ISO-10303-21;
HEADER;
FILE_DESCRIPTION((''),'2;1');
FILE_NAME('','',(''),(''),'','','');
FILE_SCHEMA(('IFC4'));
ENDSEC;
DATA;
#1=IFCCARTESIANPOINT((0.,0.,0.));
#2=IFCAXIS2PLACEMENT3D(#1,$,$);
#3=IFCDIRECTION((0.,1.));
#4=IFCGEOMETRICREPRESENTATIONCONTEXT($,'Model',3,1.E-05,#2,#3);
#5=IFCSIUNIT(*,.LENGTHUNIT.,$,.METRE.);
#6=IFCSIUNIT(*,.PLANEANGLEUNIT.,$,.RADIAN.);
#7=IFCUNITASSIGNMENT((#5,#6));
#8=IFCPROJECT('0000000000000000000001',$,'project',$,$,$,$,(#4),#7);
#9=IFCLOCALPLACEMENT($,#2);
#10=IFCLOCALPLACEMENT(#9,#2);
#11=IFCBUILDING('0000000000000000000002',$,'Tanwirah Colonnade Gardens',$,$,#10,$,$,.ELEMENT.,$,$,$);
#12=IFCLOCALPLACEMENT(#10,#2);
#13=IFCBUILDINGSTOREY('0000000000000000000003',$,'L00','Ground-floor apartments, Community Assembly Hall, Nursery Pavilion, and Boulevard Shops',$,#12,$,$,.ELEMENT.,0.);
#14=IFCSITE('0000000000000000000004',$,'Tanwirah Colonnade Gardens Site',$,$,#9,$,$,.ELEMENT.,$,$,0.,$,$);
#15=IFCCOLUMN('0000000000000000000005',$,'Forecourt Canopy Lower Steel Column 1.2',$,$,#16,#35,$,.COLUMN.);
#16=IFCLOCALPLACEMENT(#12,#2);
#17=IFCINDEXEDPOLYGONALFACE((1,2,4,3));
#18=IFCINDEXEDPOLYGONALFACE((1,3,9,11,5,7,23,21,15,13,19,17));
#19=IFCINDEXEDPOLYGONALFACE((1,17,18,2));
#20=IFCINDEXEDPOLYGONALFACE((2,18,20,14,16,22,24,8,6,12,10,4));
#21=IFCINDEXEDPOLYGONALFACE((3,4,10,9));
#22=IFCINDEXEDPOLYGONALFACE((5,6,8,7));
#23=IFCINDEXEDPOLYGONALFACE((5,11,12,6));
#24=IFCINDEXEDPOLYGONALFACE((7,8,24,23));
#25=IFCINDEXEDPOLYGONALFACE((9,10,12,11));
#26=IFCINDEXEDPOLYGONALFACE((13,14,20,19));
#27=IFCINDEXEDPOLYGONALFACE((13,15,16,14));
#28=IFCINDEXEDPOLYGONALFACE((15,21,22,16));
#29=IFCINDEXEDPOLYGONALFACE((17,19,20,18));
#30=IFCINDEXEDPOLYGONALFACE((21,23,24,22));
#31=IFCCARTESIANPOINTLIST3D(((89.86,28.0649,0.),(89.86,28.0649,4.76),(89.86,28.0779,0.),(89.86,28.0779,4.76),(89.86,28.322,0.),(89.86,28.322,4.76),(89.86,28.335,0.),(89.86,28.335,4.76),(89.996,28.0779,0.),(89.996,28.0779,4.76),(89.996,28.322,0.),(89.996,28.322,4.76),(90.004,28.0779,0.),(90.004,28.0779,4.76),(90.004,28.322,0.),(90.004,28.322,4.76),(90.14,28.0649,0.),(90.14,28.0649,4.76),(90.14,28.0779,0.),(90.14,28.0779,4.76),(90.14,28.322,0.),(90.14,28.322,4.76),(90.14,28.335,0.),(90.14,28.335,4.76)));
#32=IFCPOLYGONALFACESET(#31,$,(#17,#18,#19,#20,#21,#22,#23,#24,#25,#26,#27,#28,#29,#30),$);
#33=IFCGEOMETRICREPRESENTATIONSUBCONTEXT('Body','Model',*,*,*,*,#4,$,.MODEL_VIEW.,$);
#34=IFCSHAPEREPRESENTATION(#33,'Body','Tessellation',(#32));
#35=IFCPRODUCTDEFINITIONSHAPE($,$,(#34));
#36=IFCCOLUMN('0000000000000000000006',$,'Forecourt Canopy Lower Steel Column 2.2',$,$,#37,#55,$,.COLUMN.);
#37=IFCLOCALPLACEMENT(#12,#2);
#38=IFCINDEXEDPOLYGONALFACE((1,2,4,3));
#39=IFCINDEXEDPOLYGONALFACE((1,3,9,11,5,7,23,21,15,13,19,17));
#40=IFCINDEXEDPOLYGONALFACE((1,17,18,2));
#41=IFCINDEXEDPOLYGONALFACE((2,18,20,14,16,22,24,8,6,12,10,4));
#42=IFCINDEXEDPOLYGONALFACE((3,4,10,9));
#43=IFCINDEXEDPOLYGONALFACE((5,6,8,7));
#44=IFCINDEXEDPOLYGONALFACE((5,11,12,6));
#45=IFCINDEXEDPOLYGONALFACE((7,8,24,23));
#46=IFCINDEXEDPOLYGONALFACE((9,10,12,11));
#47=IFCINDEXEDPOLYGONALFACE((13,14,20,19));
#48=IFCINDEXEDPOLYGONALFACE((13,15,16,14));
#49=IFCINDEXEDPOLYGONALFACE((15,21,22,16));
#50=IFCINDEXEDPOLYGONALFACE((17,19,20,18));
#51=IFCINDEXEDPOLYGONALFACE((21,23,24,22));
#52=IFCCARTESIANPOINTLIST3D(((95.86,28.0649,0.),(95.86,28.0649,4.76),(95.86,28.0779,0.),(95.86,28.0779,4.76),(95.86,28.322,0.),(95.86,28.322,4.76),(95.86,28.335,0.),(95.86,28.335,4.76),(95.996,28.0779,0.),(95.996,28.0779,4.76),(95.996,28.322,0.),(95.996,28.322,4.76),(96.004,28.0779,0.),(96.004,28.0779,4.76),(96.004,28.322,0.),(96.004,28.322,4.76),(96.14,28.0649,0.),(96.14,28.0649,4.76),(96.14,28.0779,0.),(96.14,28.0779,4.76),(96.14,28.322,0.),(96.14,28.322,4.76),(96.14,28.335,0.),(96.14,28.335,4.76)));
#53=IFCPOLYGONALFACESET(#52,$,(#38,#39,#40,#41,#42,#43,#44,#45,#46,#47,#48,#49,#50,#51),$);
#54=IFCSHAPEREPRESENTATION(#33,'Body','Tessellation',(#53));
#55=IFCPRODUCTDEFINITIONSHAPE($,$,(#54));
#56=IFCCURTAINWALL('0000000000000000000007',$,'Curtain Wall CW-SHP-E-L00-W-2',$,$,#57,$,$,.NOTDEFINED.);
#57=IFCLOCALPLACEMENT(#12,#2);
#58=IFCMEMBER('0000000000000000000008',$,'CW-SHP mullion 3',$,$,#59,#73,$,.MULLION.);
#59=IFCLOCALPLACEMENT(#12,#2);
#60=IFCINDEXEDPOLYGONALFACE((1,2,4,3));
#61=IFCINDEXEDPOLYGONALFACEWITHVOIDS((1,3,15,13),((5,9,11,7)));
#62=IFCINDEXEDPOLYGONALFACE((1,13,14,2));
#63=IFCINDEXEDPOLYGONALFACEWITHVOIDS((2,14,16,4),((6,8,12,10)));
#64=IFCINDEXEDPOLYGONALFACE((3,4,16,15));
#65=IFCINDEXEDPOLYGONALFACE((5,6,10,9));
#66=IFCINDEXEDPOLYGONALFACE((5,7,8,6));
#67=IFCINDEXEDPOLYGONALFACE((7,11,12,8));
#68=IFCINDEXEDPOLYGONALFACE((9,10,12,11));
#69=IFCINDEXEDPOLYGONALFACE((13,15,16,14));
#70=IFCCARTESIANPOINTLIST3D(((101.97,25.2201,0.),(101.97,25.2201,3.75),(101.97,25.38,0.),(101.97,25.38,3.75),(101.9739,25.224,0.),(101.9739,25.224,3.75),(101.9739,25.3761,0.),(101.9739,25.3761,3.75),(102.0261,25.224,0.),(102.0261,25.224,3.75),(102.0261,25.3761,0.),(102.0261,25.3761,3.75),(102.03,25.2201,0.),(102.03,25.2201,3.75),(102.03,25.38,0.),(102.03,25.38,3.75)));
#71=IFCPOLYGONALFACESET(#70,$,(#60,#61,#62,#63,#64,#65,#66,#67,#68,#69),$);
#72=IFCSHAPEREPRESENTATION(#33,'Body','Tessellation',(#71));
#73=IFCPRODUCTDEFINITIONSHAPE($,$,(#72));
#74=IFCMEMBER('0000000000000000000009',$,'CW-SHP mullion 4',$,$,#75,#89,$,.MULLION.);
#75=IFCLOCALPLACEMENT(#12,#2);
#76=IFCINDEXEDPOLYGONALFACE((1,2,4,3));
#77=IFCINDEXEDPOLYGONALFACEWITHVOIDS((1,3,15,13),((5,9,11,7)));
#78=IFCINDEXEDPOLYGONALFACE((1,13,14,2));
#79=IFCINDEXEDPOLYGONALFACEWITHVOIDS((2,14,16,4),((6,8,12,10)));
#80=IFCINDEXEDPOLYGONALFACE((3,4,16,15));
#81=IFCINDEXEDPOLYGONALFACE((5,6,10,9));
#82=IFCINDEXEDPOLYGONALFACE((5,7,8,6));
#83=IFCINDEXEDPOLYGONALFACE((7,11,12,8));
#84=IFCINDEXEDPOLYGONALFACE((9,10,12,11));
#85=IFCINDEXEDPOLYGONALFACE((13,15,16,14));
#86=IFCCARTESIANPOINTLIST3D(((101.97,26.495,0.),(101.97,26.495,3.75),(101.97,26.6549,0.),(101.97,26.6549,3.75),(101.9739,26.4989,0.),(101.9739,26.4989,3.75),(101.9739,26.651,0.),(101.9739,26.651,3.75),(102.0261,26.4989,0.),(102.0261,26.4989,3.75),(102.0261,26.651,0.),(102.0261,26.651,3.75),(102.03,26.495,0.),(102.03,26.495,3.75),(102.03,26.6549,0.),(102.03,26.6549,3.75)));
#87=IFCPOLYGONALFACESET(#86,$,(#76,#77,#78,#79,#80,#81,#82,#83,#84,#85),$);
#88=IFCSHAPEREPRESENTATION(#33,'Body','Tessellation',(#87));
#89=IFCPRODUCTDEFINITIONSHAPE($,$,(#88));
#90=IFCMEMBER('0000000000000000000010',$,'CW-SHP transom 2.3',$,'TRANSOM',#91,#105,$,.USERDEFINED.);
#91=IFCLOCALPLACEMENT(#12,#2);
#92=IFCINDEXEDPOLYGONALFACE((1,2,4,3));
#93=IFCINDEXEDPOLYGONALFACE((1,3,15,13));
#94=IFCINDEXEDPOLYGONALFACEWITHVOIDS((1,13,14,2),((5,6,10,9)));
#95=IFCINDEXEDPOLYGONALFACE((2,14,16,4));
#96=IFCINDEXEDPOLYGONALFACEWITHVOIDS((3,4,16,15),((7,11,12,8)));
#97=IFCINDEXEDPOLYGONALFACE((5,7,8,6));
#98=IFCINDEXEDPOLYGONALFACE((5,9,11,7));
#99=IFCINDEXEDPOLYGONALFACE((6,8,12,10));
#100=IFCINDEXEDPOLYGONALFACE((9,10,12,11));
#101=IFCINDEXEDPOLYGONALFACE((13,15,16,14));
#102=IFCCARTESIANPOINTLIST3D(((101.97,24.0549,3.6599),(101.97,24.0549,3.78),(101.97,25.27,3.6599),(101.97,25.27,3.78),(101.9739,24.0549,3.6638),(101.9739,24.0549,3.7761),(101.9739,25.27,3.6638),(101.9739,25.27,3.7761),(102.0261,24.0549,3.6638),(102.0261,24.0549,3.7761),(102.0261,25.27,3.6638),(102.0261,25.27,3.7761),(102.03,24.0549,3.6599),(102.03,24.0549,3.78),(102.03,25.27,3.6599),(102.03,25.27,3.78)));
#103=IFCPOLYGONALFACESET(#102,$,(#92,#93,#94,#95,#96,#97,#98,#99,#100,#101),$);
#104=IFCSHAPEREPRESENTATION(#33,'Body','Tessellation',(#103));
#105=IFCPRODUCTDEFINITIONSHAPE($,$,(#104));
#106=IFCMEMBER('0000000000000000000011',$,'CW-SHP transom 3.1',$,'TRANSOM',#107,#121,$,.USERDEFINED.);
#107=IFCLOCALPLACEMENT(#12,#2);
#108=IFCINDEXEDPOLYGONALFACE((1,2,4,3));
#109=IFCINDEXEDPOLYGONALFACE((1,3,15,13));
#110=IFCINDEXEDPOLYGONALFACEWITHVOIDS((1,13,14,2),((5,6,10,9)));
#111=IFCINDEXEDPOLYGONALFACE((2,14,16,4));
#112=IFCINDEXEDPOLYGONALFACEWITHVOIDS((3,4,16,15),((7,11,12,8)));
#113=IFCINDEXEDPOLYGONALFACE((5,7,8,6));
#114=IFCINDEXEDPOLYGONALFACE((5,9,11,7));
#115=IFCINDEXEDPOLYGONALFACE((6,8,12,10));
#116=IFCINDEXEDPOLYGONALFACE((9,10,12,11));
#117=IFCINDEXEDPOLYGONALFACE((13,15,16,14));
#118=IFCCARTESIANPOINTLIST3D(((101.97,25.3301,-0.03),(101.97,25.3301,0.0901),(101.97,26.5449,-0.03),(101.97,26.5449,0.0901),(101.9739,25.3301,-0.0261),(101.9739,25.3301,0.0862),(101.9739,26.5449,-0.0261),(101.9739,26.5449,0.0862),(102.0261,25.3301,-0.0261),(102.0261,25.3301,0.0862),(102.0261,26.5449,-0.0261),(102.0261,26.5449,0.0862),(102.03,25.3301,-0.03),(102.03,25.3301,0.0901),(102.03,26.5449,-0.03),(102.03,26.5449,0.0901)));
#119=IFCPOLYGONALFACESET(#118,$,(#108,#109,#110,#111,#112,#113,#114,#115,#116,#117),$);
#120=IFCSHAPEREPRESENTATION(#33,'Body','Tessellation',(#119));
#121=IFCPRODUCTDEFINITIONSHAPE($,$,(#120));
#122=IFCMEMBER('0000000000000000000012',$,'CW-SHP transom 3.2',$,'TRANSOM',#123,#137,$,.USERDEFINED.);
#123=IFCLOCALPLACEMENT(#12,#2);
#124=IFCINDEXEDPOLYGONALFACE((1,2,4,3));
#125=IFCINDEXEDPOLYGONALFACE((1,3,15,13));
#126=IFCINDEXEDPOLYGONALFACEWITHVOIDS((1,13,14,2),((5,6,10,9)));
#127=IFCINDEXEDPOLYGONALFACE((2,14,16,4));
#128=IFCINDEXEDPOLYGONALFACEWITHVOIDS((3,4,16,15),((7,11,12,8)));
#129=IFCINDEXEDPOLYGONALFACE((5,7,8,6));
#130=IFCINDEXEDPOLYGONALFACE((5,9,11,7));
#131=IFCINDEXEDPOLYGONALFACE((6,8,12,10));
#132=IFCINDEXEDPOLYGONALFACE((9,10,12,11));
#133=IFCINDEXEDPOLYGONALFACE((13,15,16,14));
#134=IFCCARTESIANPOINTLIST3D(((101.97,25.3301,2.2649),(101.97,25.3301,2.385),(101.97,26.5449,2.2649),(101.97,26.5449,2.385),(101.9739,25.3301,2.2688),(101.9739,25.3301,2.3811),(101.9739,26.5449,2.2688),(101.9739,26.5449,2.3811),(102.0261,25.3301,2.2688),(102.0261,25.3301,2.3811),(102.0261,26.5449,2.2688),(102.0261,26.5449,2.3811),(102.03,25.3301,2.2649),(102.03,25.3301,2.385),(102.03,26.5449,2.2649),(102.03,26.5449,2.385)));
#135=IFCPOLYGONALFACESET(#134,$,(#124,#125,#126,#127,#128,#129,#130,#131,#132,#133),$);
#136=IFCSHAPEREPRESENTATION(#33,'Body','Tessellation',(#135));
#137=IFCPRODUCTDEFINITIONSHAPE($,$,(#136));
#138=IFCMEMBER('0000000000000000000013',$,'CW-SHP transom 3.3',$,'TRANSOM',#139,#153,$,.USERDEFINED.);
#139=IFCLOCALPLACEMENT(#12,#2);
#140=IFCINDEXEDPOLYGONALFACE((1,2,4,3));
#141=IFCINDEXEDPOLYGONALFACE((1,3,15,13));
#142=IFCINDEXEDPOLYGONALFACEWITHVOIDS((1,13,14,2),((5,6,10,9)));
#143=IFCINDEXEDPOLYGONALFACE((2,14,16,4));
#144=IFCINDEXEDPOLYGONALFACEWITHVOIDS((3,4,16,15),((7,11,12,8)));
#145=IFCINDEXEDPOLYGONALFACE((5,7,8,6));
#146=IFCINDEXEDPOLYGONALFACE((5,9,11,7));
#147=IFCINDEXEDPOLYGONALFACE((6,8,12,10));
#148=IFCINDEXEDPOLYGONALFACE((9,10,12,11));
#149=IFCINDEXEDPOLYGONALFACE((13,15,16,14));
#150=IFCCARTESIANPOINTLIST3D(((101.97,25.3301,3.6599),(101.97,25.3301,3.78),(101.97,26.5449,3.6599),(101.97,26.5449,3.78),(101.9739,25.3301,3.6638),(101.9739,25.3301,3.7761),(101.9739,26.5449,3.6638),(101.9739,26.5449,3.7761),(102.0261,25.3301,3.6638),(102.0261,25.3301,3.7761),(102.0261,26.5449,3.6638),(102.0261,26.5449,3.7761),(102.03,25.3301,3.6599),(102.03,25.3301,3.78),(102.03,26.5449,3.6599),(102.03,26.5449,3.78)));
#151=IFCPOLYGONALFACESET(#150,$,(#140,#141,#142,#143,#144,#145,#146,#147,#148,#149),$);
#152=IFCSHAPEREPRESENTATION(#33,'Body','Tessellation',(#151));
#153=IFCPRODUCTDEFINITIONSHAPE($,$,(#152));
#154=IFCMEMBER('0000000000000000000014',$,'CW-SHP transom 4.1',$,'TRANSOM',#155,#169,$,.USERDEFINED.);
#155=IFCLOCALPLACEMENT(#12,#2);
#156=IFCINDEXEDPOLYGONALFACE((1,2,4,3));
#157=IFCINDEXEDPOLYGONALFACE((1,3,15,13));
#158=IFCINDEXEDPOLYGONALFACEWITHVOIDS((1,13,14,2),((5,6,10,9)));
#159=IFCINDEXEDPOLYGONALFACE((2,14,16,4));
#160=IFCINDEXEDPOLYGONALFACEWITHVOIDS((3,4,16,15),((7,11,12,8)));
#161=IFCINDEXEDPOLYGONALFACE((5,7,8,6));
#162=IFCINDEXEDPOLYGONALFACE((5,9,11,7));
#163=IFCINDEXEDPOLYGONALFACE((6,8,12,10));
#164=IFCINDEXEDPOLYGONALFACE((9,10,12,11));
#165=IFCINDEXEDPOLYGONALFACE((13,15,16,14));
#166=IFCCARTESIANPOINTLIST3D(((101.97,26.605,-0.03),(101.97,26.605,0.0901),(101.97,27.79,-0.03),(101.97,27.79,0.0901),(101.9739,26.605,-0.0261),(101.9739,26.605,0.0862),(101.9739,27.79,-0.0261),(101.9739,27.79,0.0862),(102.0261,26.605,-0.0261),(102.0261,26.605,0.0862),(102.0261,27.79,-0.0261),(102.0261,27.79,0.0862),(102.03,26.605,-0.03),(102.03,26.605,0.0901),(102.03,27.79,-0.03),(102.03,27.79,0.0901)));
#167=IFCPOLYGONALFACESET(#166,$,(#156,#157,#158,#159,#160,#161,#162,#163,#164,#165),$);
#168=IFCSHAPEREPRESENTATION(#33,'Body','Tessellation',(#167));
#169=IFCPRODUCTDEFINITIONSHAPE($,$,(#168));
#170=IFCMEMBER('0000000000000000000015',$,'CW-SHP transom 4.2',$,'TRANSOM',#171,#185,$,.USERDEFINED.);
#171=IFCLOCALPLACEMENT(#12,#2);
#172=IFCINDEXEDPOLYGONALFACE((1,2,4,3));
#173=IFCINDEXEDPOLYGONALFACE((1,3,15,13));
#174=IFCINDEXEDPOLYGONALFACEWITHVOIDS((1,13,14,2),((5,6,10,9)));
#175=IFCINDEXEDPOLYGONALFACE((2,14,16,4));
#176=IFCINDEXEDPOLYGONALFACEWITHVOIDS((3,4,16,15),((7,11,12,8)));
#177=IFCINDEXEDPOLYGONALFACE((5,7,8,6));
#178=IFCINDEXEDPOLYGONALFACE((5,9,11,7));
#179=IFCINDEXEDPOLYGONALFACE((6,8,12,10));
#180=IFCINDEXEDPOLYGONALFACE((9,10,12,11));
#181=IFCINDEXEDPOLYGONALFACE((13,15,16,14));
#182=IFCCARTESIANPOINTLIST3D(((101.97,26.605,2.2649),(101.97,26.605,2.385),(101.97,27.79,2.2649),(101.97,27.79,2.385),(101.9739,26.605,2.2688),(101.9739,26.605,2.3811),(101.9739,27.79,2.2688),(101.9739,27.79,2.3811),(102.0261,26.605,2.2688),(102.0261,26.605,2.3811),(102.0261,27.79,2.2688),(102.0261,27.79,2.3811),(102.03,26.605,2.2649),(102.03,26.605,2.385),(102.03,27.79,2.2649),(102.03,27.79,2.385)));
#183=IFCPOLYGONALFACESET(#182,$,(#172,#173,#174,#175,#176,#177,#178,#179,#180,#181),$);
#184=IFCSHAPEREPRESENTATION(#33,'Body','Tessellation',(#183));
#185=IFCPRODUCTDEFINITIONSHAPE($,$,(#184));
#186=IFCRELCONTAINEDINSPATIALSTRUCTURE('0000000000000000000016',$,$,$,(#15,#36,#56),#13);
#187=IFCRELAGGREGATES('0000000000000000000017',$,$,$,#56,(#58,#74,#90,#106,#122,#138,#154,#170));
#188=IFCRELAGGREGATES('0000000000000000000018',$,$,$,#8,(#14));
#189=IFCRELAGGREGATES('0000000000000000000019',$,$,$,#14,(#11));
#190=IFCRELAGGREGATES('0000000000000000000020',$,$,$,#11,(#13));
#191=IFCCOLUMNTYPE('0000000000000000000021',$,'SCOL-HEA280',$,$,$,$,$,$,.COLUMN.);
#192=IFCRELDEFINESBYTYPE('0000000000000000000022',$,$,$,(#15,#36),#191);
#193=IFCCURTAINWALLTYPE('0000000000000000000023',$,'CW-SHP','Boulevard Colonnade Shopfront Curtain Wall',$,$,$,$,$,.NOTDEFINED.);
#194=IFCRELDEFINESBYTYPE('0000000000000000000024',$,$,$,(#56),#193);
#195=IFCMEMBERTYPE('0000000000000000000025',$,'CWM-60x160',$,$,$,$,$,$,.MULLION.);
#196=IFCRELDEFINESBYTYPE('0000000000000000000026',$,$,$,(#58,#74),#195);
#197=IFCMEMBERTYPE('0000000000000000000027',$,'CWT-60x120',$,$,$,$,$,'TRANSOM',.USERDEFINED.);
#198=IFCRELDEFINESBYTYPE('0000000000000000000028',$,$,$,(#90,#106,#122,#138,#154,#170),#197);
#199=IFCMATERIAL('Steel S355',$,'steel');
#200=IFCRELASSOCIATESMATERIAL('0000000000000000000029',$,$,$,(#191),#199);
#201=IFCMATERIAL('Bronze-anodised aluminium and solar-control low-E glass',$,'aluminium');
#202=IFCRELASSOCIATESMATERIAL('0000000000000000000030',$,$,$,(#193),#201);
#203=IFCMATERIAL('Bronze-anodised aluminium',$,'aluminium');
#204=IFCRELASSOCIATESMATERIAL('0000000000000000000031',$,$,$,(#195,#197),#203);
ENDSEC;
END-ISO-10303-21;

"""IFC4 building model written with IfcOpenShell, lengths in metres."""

from ifc_helpers import new_model, si_unit, direction, frame, origin, origin_2d, place, context, subcontext, project, spatial, hollow_rectangle, i_section, extrude, material, material_profile, profile_set, type_object, element, aggregate, save


model = new_model("IFC4")

# Units and contexts
model_context = context("Model", 3, precision=1e-05, world=origin(), true_north=direction((0.0, 1.0)))
body_context = subcontext(model_context, "Body", "Model", "MODEL_VIEW")
ifc_project = project(units=[si_unit("LENGTHUNIT", "METRE"), si_unit("PLANEANGLEUNIT", "RADIAN")], contexts=[model_context])

# Site, building, storey
site_placement = place(None, origin())
site = spatial("IfcSite", under=ifc_project, at=site_placement, Name="Tanwirah Colonnade Gardens Site", CompositionType="ELEMENT", RefElevation=0.0)
building_placement = place(site_placement, origin())
building = spatial("IfcBuilding", under=site, at=building_placement, Name="Tanwirah Colonnade Gardens", CompositionType="ELEMENT")
storey_placement = place(building_placement, origin())
storey = spatial("IfcBuildingStorey", under=building, at=storey_placement, Name="L00", Description="Ground-floor apartments, Community Assembly Hall, Nursery Pavilion, and Boulevard Shops", CompositionType="ELEMENT", Elevation=0.0)

# Columns
ifc_material_1 = material(Name="Steel S355", Category="steel")
ifc_material_profile_1 = material_profile(ifc_material_1, i_section(OverallWidth=0.28, OverallDepth=0.27, WebThickness=0.0081, FlangeThickness=0.0129, at=origin_2d()), Name="HEA 280")
ifc_profile_set_1 = profile_set([ifc_material_profile_1], Name="Steel S355")
column_type = type_object("IfcColumnType", Name="SCOL-HEA280", PredefinedType="COLUMN", material=ifc_profile_set_1)
for number, where, z_axis, x_axis, name in (
    (1, (90.0, 28.2, 0.0), (0.0, 0.0, 1.0), (1.0, 0.0, 0.0), "Forecourt Canopy Lower Steel Column 1.2"),
    (2, (96.0, 28.2, 0.0), (0.0, 0.0, 1.0), (1.0, 0.0, 0.0), "Forecourt Canopy Lower Steel Column 2.2"),
):
    element("IfcColumn", number, at=place(storey_placement, frame(where, z_axis=z_axis, x_axis=x_axis)), inside=storey, type_object=column_type, Name=name, PredefinedType="COLUMN", context=body_context, shape_type="SweptSolid", body=[
        extrude(i_section(OverallWidth=0.28, OverallDepth=0.27, WebThickness=0.0081, FlangeThickness=0.0129, at=origin_2d()), origin(), (0.0, 0.0, 1.0), 4.76),
    ])

# Curtain wall, members
ifc_material_2 = material(Name="Bronze-anodised aluminium and solar-control low-E glass", Category="aluminium")
curtain_wall_type = type_object("IfcCurtainWallType", Name="CW-SHP", Description="Boulevard Colonnade Shopfront Curtain Wall", PredefinedType="NOTDEFINED", material=ifc_material_2)
curtain_wall_placement = place(storey_placement, origin())
curtain_wall = element("IfcCurtainWall", 3, at=curtain_wall_placement, inside=storey, type_object=curtain_wall_type, Name="Curtain Wall CW-SHP-E-L00-W-2", PredefinedType="NOTDEFINED")
ifc_material_3 = material(Name="Bronze-anodised aluminium", Category="aluminium")
ifc_material_profile_2 = material_profile(ifc_material_3, hollow_rectangle(XDim=0.0601, YDim=0.1599, WallThickness=0.0039, at=origin_2d()), Name="CW-MUL 60x160x4")
ifc_profile_set_2 = profile_set([ifc_material_profile_2], Name="Bronze-anodised aluminium")
member_type_1 = type_object("IfcMemberType", Name="CWM-60x160", PredefinedType="MULLION", material=ifc_profile_set_2)
member_1_placement = place(storey_placement, frame((102.0, 25.3, 0.0), z_axis=(0.0, 0.0, 1.0), x_axis=(-1.0, 0.0, 0.0)))
member_1 = element("IfcMember", 4, at=member_1_placement, type_object=member_type_1, Name="CW-SHP mullion 3", PredefinedType="MULLION", context=body_context, shape_type="SweptSolid", body=[
    extrude(hollow_rectangle(XDim=0.0601, YDim=0.1599, WallThickness=0.0039, at=origin_2d()), origin(), (0.0, 0.0, 1.0), 3.75),
])
member_2_placement = place(storey_placement, frame((102.0, 26.575, 0.0), z_axis=(0.0, 0.0, 1.0), x_axis=(-1.0, 0.0, 0.0)))
member_2 = element("IfcMember", 5, at=member_2_placement, type_object=member_type_1, Name="CW-SHP mullion 4", PredefinedType="MULLION", context=body_context, shape_type="SweptSolid", body=[
    extrude(hollow_rectangle(XDim=0.0601, YDim=0.1599, WallThickness=0.0039, at=origin_2d()), origin(), (0.0, 0.0, 1.0), 3.75),
])
ifc_material_profile_3 = material_profile(ifc_material_3, hollow_rectangle(XDim=0.0601, YDim=0.1201, WallThickness=0.0039, at=origin_2d()), Name="CW-TRN 60x120x4")
ifc_profile_set_3 = profile_set([ifc_material_profile_3], Name="Bronze-anodised aluminium")
member_type_2 = type_object("IfcMemberType", Name="CWT-60x120", ElementType="TRANSOM", PredefinedType="USERDEFINED", material=ifc_profile_set_3)
member_3_placement = place(storey_placement, frame((102.0, 24.0549, 3.72), z_axis=(0.0, 1.0, 0.0), x_axis=(-1.0, 0.0, 0.0)))
member_3 = element("IfcMember", 6, at=member_3_placement, type_object=member_type_2, Name="CW-SHP transom 2.3", ObjectType="TRANSOM", PredefinedType="USERDEFINED", context=body_context, shape_type="SweptSolid", body=[
    extrude(hollow_rectangle(XDim=0.0601, YDim=0.1201, WallThickness=0.0039, at=origin_2d()), origin(), (0.0, 0.0, 1.0), 1.2151),
])
member_4_placement = place(storey_placement, frame((102.0, 25.3301, 0.03), z_axis=(0.0, 1.0, 0.0), x_axis=(-1.0, 0.0, 0.0)))
member_4 = element("IfcMember", 7, at=member_4_placement, type_object=member_type_2, Name="CW-SHP transom 3.1", ObjectType="TRANSOM", PredefinedType="USERDEFINED", context=body_context, shape_type="SweptSolid", body=[
    extrude(hollow_rectangle(XDim=0.0601, YDim=0.1201, WallThickness=0.0039, at=origin_2d()), origin(), (0.0, 0.0, 1.0), 1.2148),
])
member_5_placement = place(storey_placement, frame((102.0, 25.3301, 2.325), z_axis=(0.0, 1.0, 0.0), x_axis=(-1.0, 0.0, 0.0)))
member_5 = element("IfcMember", 8, at=member_5_placement, type_object=member_type_2, Name="CW-SHP transom 3.2", ObjectType="TRANSOM", PredefinedType="USERDEFINED", context=body_context, shape_type="SweptSolid", body=[
    extrude(hollow_rectangle(XDim=0.0601, YDim=0.1201, WallThickness=0.0039, at=origin_2d()), origin(), (0.0, 0.0, 1.0), 1.2148),
])
member_6_placement = place(storey_placement, frame((102.0, 25.3301, 3.72), z_axis=(0.0, 1.0, 0.0), x_axis=(-1.0, 0.0, 0.0)))
member_6 = element("IfcMember", 9, at=member_6_placement, type_object=member_type_2, Name="CW-SHP transom 3.3", ObjectType="TRANSOM", PredefinedType="USERDEFINED", context=body_context, shape_type="SweptSolid", body=[
    extrude(hollow_rectangle(XDim=0.0601, YDim=0.1201, WallThickness=0.0039, at=origin_2d()), origin(), (0.0, 0.0, 1.0), 1.2148),
])
member_7_placement = place(storey_placement, frame((102.0, 26.605, 0.03), z_axis=(0.0, 1.0, 0.0), x_axis=(-1.0, 0.0, 0.0)))
member_7 = element("IfcMember", 10, at=member_7_placement, type_object=member_type_2, Name="CW-SHP transom 4.1", ObjectType="TRANSOM", PredefinedType="USERDEFINED", context=body_context, shape_type="SweptSolid", body=[
    extrude(hollow_rectangle(XDim=0.0601, YDim=0.1201, WallThickness=0.0039, at=origin_2d()), origin(), (0.0, 0.0, 1.0), 1.1851),
])
member_8_placement = place(storey_placement, frame((102.0, 26.605, 2.325), z_axis=(0.0, 1.0, 0.0), x_axis=(-1.0, 0.0, 0.0)))
member_8 = element("IfcMember", 11, at=member_8_placement, type_object=member_type_2, Name="CW-SHP transom 4.2", ObjectType="TRANSOM", PredefinedType="USERDEFINED", context=body_context, shape_type="SweptSolid", body=[
    extrude(hollow_rectangle(XDim=0.0601, YDim=0.1201, WallThickness=0.0039, at=origin_2d()), origin(), (0.0, 0.0, 1.0), 1.1851),
])
aggregate(curtain_wall, [member_1, member_2, member_3, member_4, member_5, member_6, member_7, member_8])

save(model, "model.ifc")
